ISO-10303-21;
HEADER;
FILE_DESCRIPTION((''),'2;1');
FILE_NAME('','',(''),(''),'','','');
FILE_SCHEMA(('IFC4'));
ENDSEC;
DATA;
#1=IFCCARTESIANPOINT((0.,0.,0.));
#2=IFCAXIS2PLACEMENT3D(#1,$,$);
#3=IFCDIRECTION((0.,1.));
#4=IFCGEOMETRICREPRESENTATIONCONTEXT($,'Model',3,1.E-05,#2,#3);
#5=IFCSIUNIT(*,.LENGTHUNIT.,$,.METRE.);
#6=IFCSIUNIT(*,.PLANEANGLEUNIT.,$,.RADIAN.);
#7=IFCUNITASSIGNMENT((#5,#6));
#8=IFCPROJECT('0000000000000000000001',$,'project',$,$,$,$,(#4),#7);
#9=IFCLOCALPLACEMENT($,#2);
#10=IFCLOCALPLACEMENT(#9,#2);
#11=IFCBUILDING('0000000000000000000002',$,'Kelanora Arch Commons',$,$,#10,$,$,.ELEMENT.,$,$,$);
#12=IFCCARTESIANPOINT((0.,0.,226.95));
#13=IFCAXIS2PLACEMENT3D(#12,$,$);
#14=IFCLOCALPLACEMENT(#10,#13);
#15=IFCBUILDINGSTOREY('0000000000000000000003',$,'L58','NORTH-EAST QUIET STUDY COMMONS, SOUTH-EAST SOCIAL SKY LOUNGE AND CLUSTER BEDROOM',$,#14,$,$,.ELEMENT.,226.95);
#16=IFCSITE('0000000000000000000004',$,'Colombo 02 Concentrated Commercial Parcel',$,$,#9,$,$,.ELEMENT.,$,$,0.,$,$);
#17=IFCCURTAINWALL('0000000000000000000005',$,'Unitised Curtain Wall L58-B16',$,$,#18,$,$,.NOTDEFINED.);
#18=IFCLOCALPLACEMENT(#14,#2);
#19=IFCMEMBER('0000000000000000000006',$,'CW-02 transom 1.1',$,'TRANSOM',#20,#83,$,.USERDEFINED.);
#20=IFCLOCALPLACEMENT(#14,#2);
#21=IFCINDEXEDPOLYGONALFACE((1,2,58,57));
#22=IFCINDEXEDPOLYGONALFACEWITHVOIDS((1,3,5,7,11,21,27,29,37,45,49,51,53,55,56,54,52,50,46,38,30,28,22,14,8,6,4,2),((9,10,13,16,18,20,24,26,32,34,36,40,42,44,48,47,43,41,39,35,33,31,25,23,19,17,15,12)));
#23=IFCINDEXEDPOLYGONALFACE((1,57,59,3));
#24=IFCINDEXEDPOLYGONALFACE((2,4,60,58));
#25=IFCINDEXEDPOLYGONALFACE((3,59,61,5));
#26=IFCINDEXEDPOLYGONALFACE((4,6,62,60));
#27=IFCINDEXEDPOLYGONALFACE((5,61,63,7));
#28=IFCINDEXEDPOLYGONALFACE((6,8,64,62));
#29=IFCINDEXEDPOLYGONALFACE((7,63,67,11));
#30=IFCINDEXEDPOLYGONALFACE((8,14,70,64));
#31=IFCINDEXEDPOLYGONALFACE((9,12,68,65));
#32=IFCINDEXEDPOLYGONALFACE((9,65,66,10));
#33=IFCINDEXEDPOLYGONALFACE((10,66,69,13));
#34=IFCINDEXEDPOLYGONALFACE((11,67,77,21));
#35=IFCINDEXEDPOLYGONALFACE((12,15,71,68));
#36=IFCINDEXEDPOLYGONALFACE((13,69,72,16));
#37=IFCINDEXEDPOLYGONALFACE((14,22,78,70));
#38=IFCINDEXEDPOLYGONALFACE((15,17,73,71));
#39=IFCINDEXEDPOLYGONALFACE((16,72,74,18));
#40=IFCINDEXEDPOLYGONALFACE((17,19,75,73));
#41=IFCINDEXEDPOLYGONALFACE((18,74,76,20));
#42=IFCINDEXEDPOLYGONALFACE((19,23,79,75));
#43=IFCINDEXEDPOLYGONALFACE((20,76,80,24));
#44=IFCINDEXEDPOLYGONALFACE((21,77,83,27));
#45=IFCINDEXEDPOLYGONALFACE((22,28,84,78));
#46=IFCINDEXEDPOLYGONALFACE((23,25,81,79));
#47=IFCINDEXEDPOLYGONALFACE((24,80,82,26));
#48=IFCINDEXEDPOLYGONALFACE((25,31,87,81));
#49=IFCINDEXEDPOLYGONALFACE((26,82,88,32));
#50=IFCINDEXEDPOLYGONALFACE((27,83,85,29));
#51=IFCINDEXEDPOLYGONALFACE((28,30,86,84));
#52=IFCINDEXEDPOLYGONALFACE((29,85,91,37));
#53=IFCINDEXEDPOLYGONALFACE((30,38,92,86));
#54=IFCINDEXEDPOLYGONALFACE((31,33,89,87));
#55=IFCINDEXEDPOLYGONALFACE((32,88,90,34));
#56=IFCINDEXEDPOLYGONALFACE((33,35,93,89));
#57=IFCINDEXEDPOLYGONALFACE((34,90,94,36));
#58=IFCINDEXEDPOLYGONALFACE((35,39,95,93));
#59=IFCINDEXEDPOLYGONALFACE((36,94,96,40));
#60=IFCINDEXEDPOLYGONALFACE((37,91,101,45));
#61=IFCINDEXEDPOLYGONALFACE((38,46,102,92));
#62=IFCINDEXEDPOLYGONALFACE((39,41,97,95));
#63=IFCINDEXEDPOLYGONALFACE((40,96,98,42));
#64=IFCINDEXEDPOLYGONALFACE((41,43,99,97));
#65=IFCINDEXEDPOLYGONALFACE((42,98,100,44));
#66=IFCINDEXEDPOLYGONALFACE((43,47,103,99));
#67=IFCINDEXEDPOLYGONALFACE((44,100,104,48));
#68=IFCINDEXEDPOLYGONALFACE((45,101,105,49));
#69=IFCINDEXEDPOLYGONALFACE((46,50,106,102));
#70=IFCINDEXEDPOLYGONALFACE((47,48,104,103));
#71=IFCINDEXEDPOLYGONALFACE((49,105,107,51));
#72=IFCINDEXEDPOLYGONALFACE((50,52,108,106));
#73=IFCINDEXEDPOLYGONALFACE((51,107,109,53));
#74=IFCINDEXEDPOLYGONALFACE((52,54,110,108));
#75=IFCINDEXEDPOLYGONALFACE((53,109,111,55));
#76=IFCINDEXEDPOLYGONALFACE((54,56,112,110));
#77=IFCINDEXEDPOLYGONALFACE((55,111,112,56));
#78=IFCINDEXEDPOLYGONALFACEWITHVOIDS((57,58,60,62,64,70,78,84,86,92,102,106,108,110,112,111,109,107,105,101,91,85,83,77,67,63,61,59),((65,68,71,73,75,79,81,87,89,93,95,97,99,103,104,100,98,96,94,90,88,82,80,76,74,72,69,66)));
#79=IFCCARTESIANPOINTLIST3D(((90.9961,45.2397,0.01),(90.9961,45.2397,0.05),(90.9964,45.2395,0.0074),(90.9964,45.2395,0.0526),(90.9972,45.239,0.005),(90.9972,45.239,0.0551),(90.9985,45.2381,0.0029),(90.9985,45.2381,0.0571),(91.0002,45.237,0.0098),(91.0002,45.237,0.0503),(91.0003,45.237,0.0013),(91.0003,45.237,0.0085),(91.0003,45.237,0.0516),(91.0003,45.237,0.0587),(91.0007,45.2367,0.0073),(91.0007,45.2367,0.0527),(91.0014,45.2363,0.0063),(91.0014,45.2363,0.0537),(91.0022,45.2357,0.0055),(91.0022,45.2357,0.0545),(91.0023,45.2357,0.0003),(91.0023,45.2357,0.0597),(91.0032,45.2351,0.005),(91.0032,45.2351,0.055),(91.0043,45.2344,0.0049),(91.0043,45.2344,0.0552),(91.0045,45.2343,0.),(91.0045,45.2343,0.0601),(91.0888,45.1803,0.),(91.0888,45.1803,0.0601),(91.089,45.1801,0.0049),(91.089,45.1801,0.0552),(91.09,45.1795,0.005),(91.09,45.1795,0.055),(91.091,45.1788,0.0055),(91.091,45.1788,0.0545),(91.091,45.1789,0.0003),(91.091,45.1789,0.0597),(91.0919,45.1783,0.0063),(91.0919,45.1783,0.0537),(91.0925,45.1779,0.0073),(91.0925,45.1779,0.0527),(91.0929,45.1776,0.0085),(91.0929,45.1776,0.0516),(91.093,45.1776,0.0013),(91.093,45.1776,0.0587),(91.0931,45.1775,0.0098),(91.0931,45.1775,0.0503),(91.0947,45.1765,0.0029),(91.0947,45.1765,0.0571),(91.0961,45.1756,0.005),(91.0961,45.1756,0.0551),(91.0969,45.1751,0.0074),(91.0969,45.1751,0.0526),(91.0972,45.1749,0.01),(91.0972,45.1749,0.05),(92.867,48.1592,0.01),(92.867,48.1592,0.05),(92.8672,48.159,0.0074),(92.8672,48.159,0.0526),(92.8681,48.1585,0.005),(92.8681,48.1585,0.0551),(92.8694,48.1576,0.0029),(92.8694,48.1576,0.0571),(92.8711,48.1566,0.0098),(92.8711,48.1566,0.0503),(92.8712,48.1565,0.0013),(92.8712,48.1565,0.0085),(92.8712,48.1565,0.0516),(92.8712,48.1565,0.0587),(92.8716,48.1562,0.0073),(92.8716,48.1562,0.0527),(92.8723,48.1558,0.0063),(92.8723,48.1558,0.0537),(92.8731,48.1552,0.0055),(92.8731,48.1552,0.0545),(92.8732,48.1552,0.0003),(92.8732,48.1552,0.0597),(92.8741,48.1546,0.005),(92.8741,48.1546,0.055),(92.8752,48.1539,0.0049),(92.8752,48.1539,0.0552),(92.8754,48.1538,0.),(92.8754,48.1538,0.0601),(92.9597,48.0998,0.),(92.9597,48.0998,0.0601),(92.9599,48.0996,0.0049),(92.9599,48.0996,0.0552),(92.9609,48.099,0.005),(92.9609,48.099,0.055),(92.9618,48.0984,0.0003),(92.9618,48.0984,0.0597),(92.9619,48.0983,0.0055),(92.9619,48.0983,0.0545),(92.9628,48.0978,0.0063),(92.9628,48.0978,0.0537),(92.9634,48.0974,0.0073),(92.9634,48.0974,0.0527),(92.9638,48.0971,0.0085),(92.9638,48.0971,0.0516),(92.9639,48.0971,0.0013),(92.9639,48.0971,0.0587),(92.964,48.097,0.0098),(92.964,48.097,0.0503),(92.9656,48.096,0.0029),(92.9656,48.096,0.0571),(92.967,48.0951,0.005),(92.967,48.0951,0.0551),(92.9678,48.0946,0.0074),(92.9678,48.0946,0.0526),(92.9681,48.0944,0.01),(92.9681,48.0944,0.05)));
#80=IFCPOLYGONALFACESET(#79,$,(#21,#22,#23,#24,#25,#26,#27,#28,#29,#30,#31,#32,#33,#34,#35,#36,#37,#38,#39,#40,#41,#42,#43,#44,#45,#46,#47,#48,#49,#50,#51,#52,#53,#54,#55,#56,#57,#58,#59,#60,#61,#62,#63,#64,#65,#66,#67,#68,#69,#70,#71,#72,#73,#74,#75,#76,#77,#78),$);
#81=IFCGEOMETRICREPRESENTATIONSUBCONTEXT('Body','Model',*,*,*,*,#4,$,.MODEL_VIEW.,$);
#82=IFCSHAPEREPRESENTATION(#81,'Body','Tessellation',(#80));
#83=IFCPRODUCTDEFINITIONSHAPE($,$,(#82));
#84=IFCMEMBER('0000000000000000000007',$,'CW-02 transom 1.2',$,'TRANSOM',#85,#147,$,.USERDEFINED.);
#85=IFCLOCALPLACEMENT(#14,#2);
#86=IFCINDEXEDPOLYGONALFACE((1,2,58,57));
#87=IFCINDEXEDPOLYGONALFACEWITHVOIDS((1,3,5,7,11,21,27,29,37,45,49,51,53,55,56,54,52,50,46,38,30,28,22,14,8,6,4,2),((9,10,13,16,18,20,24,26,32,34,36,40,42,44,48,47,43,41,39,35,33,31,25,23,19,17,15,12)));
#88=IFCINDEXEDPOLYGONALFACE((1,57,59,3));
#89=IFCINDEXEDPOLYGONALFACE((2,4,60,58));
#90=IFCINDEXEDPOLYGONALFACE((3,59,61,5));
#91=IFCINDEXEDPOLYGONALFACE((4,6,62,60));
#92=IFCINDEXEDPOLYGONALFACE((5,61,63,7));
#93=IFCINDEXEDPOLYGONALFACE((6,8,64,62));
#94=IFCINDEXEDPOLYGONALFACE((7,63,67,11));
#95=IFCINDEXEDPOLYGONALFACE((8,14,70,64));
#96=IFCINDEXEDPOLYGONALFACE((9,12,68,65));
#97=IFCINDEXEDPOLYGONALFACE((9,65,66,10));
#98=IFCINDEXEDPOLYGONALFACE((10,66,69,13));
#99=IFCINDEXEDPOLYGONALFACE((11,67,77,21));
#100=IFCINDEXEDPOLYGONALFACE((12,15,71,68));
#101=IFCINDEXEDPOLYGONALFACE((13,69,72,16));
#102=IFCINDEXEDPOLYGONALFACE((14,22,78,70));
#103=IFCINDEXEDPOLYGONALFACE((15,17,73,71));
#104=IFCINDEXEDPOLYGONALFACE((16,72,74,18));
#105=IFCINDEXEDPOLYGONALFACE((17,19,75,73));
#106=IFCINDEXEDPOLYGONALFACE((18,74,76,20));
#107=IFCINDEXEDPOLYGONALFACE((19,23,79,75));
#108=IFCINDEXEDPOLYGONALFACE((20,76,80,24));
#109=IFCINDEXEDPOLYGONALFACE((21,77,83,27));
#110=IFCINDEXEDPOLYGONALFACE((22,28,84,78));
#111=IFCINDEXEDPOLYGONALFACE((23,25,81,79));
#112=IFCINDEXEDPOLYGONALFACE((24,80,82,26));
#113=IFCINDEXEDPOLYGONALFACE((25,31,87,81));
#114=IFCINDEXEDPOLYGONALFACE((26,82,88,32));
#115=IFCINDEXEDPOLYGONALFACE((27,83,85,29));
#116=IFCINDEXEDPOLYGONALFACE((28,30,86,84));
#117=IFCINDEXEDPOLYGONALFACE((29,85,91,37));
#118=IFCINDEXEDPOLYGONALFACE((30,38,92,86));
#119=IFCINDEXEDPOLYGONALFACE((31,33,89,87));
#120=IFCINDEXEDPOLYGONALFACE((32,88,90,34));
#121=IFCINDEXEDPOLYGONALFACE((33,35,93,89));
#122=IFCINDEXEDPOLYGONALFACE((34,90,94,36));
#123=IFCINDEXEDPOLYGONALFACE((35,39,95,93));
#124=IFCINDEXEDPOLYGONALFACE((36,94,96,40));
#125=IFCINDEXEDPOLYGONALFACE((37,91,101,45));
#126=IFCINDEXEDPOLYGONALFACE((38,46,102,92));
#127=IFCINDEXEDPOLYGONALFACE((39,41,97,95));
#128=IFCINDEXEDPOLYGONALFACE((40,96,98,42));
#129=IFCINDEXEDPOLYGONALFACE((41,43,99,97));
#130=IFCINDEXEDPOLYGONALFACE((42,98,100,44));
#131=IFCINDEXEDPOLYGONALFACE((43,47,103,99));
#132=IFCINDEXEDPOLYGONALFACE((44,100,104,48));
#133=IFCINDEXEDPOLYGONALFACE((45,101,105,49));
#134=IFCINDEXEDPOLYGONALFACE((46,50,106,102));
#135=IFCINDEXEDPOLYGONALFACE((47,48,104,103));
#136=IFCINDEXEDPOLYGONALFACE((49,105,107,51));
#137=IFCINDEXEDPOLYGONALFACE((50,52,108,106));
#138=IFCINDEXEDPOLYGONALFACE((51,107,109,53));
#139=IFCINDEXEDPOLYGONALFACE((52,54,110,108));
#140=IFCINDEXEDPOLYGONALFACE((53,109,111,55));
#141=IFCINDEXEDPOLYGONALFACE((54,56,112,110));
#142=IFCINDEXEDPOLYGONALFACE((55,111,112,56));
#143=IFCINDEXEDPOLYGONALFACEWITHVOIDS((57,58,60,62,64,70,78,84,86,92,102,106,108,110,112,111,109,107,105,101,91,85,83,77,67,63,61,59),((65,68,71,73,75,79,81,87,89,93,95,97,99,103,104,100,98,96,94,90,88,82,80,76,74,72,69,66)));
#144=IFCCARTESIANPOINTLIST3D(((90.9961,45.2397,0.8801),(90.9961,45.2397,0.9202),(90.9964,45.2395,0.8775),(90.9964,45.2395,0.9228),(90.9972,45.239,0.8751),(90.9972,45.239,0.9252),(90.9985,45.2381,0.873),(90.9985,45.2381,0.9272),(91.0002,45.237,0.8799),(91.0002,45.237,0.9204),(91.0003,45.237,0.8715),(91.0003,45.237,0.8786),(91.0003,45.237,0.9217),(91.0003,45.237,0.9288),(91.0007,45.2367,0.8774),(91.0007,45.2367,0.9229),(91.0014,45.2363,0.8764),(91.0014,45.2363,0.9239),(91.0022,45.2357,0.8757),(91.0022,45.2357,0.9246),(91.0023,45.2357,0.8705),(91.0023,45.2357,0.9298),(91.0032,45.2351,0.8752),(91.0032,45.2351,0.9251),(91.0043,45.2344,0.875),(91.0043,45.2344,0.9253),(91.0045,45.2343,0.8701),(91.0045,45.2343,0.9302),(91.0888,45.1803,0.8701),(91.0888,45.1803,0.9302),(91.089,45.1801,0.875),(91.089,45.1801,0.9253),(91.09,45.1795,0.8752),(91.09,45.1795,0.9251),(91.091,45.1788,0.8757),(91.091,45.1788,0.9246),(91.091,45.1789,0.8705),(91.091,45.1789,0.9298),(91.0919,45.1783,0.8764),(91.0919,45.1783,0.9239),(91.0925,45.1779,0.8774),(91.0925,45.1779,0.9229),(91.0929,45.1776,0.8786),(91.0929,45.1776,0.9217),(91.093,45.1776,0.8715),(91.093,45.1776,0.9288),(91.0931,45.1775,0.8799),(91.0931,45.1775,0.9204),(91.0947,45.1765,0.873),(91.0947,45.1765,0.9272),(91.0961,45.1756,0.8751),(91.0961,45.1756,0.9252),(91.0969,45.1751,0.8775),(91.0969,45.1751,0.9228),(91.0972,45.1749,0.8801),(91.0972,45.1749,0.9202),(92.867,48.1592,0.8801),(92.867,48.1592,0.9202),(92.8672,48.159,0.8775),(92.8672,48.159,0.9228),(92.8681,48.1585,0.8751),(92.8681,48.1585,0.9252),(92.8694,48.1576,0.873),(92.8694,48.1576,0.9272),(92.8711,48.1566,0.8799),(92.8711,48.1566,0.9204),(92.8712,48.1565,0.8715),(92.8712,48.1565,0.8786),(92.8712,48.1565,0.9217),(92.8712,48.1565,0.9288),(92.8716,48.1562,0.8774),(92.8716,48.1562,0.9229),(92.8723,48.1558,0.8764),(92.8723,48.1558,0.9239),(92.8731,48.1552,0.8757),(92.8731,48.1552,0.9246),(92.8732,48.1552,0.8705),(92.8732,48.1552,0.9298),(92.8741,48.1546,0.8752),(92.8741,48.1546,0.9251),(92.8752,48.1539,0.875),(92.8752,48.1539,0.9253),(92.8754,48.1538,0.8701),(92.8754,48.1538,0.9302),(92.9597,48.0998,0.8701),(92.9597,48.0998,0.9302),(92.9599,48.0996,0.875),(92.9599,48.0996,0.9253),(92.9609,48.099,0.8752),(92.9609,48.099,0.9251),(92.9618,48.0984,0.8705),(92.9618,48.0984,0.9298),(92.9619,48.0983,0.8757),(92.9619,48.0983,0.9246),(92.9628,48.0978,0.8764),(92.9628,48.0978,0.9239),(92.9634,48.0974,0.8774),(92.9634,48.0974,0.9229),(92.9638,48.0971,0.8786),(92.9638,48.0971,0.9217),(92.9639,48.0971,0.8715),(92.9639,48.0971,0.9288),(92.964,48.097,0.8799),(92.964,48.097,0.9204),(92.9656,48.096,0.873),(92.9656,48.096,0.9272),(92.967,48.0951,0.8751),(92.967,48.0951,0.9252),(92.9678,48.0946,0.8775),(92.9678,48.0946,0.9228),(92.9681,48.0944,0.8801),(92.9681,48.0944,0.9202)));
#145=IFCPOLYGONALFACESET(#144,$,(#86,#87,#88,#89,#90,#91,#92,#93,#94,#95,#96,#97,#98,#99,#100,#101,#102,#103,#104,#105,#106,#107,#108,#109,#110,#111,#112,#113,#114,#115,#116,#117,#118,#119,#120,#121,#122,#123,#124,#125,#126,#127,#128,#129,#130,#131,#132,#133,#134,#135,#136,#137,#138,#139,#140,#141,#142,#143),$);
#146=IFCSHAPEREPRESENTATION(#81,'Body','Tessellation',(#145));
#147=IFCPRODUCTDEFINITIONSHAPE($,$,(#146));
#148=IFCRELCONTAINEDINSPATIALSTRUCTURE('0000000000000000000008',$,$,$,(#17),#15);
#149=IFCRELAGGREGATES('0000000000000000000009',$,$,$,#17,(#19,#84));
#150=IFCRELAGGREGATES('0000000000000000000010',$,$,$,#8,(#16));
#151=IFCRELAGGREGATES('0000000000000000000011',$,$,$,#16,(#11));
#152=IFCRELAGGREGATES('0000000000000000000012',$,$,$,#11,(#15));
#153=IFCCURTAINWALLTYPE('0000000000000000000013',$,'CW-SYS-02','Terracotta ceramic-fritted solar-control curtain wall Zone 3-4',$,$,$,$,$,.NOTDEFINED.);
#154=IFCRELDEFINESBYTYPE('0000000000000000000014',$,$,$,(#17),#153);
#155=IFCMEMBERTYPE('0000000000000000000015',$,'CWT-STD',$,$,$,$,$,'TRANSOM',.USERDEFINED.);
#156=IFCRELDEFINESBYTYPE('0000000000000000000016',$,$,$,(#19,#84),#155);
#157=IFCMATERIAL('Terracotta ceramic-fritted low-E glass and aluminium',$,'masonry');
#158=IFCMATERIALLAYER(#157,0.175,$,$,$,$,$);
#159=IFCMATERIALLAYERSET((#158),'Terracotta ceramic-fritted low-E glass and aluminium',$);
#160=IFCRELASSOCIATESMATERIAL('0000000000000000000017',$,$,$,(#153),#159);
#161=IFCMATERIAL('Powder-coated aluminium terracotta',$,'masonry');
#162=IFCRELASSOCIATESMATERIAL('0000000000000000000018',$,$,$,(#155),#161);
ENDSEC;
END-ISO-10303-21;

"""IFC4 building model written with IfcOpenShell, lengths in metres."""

from ifc_helpers import new_model, si_unit, direction, frame, origin, origin_2d, place, context, subcontext, project, spatial, hollow_rectangle, extrude, material, layer, layer_set, material_profile, profile_set, type_object, element, aggregate, save


model = new_model("IFC4")

# Units and contexts
model_context = context("Model", 3, precision=1e-05, world=origin(), true_north=direction((0.0, 1.0)))
body_context = subcontext(model_context, "Body", "Model", "MODEL_VIEW")
ifc_project = project(units=[si_unit("LENGTHUNIT", "METRE"), si_unit("PLANEANGLEUNIT", "RADIAN")], contexts=[model_context])

# Site, building, storey
site_placement = place(None, origin())
site = spatial("IfcSite", under=ifc_project, at=site_placement, Name="Colombo 02 Concentrated Commercial Parcel", CompositionType="ELEMENT", RefElevation=0.0)
building_placement = place(site_placement, origin())
building = spatial("IfcBuilding", under=site, at=building_placement, Name="Kelanora Arch Commons", CompositionType="ELEMENT")
storey_placement = place(building_placement, frame((0.0, 0.0, 226.95)))
storey = spatial("IfcBuildingStorey", under=building, at=storey_placement, Name="L58", Description="NORTH-EAST QUIET STUDY COMMONS, SOUTH-EAST SOCIAL SKY LOUNGE AND CLUSTER BEDROOM", CompositionType="ELEMENT", Elevation=226.95)

# Shared definitions
ifc_material_1 = material(Name="Terracotta ceramic-fritted low-E glass and aluminium", Category="masonry")
ifc_layer_1 = layer(ifc_material_1, 0.175)
ifc_layer_set_1 = layer_set([ifc_layer_1], Name="Terracotta ceramic-fritted low-E glass and aluminium")
curtain_wall_type = type_object("IfcCurtainWallType", Name="CW-SYS-02", Description="Terracotta ceramic-fritted solar-control curtain wall Zone 3-4", PredefinedType="NOTDEFINED", material=ifc_layer_set_1)
ifc_material_2 = material(Name="Powder-coated aluminium terracotta", Category="masonry")

# Curtain wall, members
curtain_wall_1_placement = place(storey_placement, origin())
curtain_wall_1 = element("IfcCurtainWall", 1, at=curtain_wall_1_placement, inside=storey, type_object=curtain_wall_type, Name="Unitised Curtain Wall L58-B16", PredefinedType="NOTDEFINED")
ifc_material_profile_1 = material_profile(ifc_material_2, hollow_rectangle(XDim=0.1201, YDim=0.0601, WallThickness=0.0049, InnerFilletRadius=0.0049, OuterFilletRadius=0.01, at=origin_2d()), Name="CWT120x60")
ifc_profile_set_1 = profile_set([ifc_material_profile_1], Name="Powder-coated aluminium terracotta")
member_type_1 = type_object("IfcMemberType", Name="CWT-STD", ElementType="TRANSOM", PredefinedType="USERDEFINED", material=ifc_profile_set_1)
member_1_placement = place(storey_placement, frame((91.0466, 45.2073, 0.03), z_axis=(0.539547, 0.841955, 0.0), x_axis=(-0.841955, 0.539547, 0.0)))
member_1 = element("IfcMember", 2, at=member_1_placement, type_object=member_type_1, Name="CW-02 transom 1.1", ObjectType="TRANSOM", PredefinedType="USERDEFINED", context=body_context, shape_type="SweptSolid", body=[
    extrude(hollow_rectangle(XDim=0.1201, YDim=0.0601, WallThickness=0.0049, InnerFilletRadius=0.0049, OuterFilletRadius=0.01, at=origin_2d()), origin(), (0.0, 0.0, 1.0), 3.4675),
])
member_2_placement = place(storey_placement, frame((91.0466, 45.2073, 0.9001), z_axis=(0.539547, 0.841955, 0.0), x_axis=(-0.841955, 0.539547, 0.0)))
member_2 = element("IfcMember", 3, at=member_2_placement, type_object=member_type_1, Name="CW-02 transom 1.2", ObjectType="TRANSOM", PredefinedType="USERDEFINED", context=body_context, shape_type="SweptSolid", body=[
    extrude(hollow_rectangle(XDim=0.1201, YDim=0.0601, WallThickness=0.0049, InnerFilletRadius=0.0049, OuterFilletRadius=0.01, at=origin_2d()), origin(), (0.0, 0.0, 1.0), 3.4675),
])

aggregate(curtain_wall_1, [member_1, member_2])

save(model, "model.ifc")
